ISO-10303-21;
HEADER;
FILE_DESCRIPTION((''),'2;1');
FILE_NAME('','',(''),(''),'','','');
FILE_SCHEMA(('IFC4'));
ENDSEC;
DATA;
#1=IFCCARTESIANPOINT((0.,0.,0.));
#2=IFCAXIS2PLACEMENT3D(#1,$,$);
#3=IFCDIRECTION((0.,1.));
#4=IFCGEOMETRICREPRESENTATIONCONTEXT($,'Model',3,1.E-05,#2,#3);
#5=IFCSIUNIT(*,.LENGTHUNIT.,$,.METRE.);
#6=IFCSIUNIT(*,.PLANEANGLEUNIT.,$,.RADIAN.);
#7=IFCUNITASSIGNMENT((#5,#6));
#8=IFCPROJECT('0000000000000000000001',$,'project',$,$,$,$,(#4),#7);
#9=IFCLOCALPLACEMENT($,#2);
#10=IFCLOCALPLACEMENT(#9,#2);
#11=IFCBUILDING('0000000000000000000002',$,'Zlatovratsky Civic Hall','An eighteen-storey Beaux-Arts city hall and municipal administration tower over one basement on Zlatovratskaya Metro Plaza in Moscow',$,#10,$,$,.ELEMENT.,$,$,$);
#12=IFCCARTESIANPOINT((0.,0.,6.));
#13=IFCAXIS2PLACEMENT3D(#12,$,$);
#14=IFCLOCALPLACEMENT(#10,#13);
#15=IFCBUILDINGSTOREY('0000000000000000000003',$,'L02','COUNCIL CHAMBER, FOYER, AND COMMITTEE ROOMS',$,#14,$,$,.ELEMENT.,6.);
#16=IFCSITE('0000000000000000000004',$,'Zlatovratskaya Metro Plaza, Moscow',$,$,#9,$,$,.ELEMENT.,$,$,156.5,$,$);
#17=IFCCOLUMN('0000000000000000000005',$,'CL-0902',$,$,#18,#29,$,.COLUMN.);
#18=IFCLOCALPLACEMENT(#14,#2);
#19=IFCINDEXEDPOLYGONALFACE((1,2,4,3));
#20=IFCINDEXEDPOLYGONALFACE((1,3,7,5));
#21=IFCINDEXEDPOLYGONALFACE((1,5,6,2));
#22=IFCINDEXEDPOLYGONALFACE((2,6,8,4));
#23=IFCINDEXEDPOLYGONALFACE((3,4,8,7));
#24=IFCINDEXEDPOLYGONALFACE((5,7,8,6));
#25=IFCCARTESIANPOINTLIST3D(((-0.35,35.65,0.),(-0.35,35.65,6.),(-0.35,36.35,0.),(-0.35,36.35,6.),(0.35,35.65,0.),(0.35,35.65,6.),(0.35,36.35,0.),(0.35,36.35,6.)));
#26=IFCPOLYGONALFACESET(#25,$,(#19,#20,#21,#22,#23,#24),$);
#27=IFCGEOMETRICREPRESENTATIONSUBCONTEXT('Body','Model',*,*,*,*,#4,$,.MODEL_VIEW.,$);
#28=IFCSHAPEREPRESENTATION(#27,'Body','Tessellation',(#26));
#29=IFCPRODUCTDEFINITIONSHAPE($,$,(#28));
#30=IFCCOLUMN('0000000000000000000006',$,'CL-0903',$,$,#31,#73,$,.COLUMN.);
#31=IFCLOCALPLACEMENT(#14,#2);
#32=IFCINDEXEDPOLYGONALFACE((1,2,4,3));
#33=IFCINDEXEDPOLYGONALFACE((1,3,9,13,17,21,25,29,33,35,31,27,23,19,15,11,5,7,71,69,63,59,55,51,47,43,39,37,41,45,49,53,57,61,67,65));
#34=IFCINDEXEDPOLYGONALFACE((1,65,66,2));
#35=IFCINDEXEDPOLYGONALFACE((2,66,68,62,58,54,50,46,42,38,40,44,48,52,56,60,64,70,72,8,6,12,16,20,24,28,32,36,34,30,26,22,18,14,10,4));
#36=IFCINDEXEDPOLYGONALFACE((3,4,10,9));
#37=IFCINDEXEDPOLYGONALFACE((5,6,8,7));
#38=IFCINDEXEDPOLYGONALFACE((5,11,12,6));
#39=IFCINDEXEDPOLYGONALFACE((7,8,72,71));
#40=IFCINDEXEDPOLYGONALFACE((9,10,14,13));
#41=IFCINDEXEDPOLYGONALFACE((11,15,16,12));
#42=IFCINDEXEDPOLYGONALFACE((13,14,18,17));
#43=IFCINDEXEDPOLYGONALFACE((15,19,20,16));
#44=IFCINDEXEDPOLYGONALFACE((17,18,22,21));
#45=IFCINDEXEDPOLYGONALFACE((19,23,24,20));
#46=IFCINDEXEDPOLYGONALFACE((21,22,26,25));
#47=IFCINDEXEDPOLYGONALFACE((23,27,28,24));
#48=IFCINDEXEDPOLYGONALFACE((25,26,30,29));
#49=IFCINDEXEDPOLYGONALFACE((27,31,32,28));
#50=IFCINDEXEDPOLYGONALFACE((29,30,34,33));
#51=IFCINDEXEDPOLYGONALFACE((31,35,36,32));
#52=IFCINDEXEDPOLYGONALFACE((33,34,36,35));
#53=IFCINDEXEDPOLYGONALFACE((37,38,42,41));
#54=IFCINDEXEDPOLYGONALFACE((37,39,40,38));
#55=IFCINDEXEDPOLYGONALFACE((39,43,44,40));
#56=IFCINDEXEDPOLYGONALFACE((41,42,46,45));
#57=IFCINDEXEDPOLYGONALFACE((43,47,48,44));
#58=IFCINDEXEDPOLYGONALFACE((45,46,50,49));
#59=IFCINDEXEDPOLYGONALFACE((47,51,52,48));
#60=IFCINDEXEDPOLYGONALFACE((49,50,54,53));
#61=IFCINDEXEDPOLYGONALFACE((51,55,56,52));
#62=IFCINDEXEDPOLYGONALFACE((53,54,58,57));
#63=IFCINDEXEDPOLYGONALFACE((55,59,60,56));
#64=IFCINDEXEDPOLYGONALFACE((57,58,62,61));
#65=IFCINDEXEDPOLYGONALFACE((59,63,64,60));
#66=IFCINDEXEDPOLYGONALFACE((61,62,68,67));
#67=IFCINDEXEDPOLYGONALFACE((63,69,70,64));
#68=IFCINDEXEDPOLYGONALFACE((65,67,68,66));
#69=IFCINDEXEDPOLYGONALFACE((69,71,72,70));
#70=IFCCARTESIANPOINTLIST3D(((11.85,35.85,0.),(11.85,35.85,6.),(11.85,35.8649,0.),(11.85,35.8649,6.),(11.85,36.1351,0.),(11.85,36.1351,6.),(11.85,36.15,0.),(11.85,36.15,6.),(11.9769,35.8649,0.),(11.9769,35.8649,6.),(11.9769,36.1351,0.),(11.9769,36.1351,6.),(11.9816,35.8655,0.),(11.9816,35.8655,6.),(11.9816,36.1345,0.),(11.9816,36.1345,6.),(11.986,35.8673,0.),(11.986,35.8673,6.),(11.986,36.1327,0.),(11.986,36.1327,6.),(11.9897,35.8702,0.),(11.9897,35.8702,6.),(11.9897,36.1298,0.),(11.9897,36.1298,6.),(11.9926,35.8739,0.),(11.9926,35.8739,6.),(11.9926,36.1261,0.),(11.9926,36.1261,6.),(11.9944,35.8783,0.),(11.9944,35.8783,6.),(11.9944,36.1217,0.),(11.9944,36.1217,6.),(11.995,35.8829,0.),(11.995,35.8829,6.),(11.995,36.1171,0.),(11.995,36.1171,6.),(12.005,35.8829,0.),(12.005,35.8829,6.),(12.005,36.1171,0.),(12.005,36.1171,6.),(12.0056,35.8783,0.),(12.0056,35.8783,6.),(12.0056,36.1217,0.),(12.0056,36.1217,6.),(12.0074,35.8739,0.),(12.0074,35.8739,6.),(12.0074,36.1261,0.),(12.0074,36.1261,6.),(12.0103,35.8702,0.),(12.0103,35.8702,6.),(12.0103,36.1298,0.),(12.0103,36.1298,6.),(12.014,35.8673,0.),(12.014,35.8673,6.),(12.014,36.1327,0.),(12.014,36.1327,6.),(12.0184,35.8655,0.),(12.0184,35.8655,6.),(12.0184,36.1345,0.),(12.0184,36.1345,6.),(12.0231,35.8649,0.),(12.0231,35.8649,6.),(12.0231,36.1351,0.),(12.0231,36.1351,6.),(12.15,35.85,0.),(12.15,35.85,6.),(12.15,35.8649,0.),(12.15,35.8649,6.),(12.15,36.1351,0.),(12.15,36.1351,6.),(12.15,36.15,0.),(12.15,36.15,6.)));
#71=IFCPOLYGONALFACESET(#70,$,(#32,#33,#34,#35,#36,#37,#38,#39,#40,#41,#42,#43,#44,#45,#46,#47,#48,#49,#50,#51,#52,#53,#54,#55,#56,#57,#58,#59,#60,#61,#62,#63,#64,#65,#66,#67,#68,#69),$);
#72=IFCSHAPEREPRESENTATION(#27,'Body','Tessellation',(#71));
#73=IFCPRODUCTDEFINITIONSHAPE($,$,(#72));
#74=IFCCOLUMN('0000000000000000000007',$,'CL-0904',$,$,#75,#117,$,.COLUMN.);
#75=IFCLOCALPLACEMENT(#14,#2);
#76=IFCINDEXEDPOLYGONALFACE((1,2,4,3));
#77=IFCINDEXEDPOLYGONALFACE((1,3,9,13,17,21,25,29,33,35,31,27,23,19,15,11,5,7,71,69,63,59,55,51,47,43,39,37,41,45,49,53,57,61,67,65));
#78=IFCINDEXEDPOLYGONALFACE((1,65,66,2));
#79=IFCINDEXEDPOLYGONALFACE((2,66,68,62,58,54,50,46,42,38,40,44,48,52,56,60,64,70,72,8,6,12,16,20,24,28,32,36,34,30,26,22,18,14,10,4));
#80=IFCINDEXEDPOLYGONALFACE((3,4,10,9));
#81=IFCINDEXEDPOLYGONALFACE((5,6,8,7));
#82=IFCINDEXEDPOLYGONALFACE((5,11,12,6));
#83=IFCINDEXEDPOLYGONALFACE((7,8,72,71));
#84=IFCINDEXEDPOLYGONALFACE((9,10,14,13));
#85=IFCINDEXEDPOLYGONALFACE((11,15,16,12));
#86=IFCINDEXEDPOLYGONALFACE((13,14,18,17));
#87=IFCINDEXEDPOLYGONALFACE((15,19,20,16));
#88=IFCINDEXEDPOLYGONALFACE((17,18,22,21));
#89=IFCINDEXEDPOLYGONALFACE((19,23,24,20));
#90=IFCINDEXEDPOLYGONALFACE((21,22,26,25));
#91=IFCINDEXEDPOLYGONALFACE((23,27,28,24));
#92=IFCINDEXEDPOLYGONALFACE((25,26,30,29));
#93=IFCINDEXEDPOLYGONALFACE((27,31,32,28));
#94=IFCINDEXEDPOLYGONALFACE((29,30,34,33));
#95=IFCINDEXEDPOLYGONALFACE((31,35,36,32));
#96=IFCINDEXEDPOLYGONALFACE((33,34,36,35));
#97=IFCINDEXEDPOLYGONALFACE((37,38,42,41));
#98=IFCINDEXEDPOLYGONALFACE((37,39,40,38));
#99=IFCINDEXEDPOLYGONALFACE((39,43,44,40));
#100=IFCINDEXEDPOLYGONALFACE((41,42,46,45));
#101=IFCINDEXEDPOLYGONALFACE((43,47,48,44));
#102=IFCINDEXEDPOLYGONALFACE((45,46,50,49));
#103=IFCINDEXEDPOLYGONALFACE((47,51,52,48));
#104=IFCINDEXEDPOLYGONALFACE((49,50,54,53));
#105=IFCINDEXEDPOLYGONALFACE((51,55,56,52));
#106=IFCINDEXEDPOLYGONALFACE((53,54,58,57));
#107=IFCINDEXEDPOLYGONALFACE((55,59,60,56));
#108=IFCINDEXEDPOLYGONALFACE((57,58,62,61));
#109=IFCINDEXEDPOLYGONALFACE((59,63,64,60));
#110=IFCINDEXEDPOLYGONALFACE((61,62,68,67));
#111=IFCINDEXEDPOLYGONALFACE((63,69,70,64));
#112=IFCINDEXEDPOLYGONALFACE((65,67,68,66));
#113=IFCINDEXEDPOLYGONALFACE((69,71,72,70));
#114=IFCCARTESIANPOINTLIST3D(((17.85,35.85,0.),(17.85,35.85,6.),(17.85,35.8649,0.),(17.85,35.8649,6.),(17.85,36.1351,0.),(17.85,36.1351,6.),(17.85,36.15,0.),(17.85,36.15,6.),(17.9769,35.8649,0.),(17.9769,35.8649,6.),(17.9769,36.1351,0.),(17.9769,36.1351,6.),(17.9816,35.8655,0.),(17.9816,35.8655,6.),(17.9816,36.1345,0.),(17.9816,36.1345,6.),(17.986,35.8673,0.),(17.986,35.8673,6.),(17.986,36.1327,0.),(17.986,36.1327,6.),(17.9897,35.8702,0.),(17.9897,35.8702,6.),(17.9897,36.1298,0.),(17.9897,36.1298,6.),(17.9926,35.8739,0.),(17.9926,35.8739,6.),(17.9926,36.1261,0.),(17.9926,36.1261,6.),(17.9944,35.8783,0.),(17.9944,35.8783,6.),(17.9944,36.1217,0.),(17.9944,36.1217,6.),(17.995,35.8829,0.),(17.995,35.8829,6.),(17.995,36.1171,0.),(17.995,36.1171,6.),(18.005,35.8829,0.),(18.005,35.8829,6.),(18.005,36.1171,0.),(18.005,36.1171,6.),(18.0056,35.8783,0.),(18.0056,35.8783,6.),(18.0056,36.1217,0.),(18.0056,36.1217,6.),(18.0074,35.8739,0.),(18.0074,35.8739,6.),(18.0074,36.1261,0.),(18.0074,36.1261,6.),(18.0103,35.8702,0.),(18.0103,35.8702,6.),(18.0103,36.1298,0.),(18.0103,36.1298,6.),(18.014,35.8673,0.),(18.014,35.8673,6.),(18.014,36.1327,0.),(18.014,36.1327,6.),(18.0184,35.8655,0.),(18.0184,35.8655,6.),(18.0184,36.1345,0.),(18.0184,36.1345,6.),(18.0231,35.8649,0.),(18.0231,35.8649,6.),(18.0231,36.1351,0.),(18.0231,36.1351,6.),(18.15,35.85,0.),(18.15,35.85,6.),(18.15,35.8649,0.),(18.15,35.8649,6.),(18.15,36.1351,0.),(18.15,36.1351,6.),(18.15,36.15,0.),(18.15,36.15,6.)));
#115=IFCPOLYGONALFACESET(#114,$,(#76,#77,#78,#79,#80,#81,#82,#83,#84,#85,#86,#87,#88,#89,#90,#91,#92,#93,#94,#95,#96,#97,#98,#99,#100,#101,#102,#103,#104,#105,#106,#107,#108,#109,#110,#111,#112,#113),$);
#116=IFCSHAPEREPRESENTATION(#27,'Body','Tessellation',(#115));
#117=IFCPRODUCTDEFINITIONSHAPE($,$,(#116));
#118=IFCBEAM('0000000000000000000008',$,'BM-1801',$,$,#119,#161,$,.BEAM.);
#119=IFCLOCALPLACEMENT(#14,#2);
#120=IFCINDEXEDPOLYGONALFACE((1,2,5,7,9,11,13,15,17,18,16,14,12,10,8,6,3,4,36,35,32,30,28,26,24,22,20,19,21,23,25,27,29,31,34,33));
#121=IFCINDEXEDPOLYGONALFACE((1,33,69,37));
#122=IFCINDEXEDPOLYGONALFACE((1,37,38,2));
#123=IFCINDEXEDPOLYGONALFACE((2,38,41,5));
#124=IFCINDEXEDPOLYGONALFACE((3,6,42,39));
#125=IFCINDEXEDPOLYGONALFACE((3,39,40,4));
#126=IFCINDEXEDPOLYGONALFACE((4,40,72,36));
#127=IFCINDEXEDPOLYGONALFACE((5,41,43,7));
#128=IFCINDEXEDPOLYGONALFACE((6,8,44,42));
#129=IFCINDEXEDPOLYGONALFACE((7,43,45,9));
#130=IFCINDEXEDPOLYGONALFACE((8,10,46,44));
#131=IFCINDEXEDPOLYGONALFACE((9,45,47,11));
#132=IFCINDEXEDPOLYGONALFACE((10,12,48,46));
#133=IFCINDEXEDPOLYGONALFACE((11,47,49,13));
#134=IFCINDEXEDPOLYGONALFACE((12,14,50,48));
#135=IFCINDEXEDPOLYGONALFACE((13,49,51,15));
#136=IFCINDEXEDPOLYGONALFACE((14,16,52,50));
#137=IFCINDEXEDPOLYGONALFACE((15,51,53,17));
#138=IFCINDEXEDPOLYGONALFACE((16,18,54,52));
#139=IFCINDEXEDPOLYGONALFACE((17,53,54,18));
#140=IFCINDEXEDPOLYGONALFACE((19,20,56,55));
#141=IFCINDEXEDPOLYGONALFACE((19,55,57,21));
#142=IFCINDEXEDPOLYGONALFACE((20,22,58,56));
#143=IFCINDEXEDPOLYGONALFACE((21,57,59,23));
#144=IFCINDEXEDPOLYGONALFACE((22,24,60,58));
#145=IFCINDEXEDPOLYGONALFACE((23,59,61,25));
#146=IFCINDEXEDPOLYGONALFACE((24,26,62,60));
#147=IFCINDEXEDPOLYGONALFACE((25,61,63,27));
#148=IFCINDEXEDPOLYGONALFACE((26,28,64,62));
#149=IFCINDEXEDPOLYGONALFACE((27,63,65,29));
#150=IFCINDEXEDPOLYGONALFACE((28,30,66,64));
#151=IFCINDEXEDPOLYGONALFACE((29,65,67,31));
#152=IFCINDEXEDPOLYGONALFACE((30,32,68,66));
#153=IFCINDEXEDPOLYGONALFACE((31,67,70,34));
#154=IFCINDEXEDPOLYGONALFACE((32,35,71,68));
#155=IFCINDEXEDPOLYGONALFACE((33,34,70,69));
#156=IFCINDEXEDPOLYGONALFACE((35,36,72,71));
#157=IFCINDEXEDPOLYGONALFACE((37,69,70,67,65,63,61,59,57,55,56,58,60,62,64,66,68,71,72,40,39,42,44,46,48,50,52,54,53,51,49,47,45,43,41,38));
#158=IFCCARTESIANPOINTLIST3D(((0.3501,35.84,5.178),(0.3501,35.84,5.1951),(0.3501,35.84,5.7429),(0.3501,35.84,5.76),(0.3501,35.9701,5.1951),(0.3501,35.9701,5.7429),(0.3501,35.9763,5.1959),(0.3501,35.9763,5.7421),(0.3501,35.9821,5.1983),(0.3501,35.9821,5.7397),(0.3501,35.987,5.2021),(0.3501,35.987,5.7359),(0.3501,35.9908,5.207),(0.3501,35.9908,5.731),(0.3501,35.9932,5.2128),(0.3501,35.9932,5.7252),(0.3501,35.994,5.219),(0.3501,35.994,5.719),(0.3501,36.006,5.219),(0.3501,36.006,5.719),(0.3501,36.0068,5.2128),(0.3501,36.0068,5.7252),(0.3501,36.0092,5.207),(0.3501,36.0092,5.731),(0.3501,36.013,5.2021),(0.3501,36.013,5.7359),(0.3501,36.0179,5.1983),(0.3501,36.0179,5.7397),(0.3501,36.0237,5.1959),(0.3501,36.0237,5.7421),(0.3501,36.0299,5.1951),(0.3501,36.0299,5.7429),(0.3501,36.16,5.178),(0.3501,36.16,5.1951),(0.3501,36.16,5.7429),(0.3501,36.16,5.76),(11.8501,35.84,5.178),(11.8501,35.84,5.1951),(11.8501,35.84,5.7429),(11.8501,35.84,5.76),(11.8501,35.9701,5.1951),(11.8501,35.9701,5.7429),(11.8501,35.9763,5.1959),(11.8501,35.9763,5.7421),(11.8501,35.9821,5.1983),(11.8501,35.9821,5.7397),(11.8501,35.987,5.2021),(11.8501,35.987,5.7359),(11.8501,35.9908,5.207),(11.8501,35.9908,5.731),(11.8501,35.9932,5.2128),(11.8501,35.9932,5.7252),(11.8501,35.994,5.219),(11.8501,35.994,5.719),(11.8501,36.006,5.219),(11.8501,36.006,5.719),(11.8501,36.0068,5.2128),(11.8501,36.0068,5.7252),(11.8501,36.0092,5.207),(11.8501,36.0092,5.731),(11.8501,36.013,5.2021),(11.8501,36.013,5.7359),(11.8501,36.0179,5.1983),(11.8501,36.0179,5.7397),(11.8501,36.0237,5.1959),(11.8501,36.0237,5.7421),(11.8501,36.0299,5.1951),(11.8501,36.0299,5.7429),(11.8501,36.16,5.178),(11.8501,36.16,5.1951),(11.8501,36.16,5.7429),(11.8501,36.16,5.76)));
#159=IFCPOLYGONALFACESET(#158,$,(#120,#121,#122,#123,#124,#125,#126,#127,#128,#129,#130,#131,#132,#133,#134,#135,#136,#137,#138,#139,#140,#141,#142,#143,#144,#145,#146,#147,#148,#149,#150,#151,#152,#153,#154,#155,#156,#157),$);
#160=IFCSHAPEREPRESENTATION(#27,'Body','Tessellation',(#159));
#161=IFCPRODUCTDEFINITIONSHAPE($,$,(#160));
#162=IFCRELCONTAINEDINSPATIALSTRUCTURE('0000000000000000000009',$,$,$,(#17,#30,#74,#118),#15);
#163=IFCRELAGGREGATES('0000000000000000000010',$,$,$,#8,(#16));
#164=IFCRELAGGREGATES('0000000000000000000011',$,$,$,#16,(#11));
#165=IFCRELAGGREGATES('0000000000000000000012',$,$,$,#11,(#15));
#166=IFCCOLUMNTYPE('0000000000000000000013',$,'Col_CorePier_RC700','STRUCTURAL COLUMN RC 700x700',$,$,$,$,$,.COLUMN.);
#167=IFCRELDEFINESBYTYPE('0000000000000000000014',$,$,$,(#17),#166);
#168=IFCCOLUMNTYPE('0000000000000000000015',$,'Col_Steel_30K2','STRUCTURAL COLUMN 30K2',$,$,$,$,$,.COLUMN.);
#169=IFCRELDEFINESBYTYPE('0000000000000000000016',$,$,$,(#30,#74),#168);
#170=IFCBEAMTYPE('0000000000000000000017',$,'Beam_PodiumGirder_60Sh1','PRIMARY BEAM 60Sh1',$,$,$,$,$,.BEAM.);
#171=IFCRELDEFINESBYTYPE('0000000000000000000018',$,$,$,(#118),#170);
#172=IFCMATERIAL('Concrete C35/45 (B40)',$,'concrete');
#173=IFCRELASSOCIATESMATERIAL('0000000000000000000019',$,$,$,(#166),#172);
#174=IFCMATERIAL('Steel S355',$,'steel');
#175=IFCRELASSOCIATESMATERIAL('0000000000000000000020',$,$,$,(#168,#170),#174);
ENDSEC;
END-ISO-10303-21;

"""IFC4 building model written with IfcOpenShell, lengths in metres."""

from ifc_helpers import new_model, si_unit, direction, frame, origin, origin_2d, place, context, subcontext, project, spatial, rectangle, i_section, extrude, material, material_profile, profile_set, type_object, element, save


model = new_model("IFC4")

# Units and contexts
model_context = context("Model", 3, precision=1e-05, world=origin(), true_north=direction((0.0, 1.0)))
body_context = subcontext(model_context, "Body", "Model", "MODEL_VIEW")
ifc_project = project(units=[si_unit("LENGTHUNIT", "METRE"), si_unit("PLANEANGLEUNIT", "RADIAN")], contexts=[model_context])

# Site, building, storey
site_placement = place(None, origin())
site = spatial("IfcSite", under=ifc_project, at=site_placement, Name="Zlatovratskaya Metro Plaza, Moscow", CompositionType="ELEMENT", RefElevation=156.5)
building_placement = place(site_placement, origin())
building = spatial("IfcBuilding", under=site, at=building_placement, Name="Zlatovratsky Civic Hall", Description="An eighteen-storey Beaux-Arts city hall and municipal administration tower over one basement on Zlatovratskaya Metro Plaza in Moscow", CompositionType="ELEMENT")
storey_placement = place(building_placement, frame((0.0, 0.0, 6.0)))
storey = spatial("IfcBuildingStorey", under=building, at=storey_placement, Name="L02", Description="COUNCIL CHAMBER, FOYER, AND COMMITTEE ROOMS", CompositionType="ELEMENT", Elevation=6.0)

# Columns
ifc_material_1 = material(Name="Concrete C35/45 (B40)", Category="concrete")
ifc_material_profile_1 = material_profile(ifc_material_1, rectangle(XDim=0.7, YDim=0.7, at=origin_2d()), Name="RC 700x700")
ifc_profile_set_1 = profile_set([ifc_material_profile_1], Name="Concrete C35/45 (B40)")
column_type_1 = type_object("IfcColumnType", Name="Col_CorePier_RC700", Description="STRUCTURAL COLUMN RC 700x700", PredefinedType="COLUMN", material=ifc_profile_set_1)
column_placement = place(storey_placement, frame((0.0, 36.0, 0.0), z_axis=(0.0, 0.0, 1.0), x_axis=(1.0, 0.0, 0.0)))
element("IfcColumn", 1, at=column_placement, inside=storey, type_object=column_type_1, Name="CL-0902", PredefinedType="COLUMN", context=body_context, shape_type="SweptSolid", body=[
    extrude(rectangle(XDim=0.7, YDim=0.7, at=origin_2d()), origin(), (0.0, 0.0, 1.0), 6.0),
])
ifc_material_2 = material(Name="Steel S355", Category="steel")
ifc_material_profile_2 = material_profile(ifc_material_2, i_section(OverallWidth=0.3, OverallDepth=0.3, WebThickness=0.01, FlangeThickness=0.0149, FilletRadius=0.0181, at=origin_2d()), Name="30K2")
ifc_profile_set_2 = profile_set([ifc_material_profile_2], Name="Steel S355")
column_type_2 = type_object("IfcColumnType", Name="Col_Steel_30K2", Description="STRUCTURAL COLUMN 30K2", PredefinedType="COLUMN", material=ifc_profile_set_2)
for number, where, z_axis, x_axis, name in (
    (2, (12.0, 36.0, 0.0), (0.0, 0.0, 1.0), (1.0, 0.0, 0.0), "CL-0903"),
    (3, (18.0, 36.0, 0.0), (0.0, 0.0, 1.0), (1.0, 0.0, 0.0), "CL-0904"),
):
    element("IfcColumn", number, at=place(storey_placement, frame(where, z_axis=z_axis, x_axis=x_axis)), inside=storey, type_object=column_type_2, Name=name, PredefinedType="COLUMN", context=body_context, shape_type="SweptSolid", body=[
        extrude(i_section(OverallWidth=0.3, OverallDepth=0.3, WebThickness=0.01, FlangeThickness=0.0149, FilletRadius=0.0181, at=origin_2d()), origin(), (0.0, 0.0, 1.0), 6.0),
    ])

# Beam
ifc_material_profile_3 = material_profile(ifc_material_2, i_section(OverallWidth=0.3201, OverallDepth=0.582, WebThickness=0.012, FlangeThickness=0.0171, FilletRadius=0.0239, at=origin_2d()), Name="60Sh1")
ifc_profile_set_3 = profile_set([ifc_material_profile_3], Name="Steel S355")
beam_type_1 = type_object("IfcBeamType", Name="Beam_PodiumGirder_60Sh1", Description="PRIMARY BEAM 60Sh1", PredefinedType="BEAM", material=ifc_profile_set_3)
beam_1_placement = place(storey_placement, frame((0.3501, 36.0, 5.469), z_axis=(1.0, 0.0, 0.0), x_axis=(0.0, 1.0, 0.0)))
element("IfcBeam", 4, at=beam_1_placement, inside=storey, type_object=beam_type_1, Name="BM-1801", PredefinedType="BEAM", context=body_context, shape_type="SweptSolid", body=[
    extrude(i_section(OverallWidth=0.3201, OverallDepth=0.582, WebThickness=0.012, FlangeThickness=0.0171, FilletRadius=0.0239, at=origin_2d()), origin(), (0.0, 0.0, 1.0), 11.5),
])

save(model, "model.ifc")
